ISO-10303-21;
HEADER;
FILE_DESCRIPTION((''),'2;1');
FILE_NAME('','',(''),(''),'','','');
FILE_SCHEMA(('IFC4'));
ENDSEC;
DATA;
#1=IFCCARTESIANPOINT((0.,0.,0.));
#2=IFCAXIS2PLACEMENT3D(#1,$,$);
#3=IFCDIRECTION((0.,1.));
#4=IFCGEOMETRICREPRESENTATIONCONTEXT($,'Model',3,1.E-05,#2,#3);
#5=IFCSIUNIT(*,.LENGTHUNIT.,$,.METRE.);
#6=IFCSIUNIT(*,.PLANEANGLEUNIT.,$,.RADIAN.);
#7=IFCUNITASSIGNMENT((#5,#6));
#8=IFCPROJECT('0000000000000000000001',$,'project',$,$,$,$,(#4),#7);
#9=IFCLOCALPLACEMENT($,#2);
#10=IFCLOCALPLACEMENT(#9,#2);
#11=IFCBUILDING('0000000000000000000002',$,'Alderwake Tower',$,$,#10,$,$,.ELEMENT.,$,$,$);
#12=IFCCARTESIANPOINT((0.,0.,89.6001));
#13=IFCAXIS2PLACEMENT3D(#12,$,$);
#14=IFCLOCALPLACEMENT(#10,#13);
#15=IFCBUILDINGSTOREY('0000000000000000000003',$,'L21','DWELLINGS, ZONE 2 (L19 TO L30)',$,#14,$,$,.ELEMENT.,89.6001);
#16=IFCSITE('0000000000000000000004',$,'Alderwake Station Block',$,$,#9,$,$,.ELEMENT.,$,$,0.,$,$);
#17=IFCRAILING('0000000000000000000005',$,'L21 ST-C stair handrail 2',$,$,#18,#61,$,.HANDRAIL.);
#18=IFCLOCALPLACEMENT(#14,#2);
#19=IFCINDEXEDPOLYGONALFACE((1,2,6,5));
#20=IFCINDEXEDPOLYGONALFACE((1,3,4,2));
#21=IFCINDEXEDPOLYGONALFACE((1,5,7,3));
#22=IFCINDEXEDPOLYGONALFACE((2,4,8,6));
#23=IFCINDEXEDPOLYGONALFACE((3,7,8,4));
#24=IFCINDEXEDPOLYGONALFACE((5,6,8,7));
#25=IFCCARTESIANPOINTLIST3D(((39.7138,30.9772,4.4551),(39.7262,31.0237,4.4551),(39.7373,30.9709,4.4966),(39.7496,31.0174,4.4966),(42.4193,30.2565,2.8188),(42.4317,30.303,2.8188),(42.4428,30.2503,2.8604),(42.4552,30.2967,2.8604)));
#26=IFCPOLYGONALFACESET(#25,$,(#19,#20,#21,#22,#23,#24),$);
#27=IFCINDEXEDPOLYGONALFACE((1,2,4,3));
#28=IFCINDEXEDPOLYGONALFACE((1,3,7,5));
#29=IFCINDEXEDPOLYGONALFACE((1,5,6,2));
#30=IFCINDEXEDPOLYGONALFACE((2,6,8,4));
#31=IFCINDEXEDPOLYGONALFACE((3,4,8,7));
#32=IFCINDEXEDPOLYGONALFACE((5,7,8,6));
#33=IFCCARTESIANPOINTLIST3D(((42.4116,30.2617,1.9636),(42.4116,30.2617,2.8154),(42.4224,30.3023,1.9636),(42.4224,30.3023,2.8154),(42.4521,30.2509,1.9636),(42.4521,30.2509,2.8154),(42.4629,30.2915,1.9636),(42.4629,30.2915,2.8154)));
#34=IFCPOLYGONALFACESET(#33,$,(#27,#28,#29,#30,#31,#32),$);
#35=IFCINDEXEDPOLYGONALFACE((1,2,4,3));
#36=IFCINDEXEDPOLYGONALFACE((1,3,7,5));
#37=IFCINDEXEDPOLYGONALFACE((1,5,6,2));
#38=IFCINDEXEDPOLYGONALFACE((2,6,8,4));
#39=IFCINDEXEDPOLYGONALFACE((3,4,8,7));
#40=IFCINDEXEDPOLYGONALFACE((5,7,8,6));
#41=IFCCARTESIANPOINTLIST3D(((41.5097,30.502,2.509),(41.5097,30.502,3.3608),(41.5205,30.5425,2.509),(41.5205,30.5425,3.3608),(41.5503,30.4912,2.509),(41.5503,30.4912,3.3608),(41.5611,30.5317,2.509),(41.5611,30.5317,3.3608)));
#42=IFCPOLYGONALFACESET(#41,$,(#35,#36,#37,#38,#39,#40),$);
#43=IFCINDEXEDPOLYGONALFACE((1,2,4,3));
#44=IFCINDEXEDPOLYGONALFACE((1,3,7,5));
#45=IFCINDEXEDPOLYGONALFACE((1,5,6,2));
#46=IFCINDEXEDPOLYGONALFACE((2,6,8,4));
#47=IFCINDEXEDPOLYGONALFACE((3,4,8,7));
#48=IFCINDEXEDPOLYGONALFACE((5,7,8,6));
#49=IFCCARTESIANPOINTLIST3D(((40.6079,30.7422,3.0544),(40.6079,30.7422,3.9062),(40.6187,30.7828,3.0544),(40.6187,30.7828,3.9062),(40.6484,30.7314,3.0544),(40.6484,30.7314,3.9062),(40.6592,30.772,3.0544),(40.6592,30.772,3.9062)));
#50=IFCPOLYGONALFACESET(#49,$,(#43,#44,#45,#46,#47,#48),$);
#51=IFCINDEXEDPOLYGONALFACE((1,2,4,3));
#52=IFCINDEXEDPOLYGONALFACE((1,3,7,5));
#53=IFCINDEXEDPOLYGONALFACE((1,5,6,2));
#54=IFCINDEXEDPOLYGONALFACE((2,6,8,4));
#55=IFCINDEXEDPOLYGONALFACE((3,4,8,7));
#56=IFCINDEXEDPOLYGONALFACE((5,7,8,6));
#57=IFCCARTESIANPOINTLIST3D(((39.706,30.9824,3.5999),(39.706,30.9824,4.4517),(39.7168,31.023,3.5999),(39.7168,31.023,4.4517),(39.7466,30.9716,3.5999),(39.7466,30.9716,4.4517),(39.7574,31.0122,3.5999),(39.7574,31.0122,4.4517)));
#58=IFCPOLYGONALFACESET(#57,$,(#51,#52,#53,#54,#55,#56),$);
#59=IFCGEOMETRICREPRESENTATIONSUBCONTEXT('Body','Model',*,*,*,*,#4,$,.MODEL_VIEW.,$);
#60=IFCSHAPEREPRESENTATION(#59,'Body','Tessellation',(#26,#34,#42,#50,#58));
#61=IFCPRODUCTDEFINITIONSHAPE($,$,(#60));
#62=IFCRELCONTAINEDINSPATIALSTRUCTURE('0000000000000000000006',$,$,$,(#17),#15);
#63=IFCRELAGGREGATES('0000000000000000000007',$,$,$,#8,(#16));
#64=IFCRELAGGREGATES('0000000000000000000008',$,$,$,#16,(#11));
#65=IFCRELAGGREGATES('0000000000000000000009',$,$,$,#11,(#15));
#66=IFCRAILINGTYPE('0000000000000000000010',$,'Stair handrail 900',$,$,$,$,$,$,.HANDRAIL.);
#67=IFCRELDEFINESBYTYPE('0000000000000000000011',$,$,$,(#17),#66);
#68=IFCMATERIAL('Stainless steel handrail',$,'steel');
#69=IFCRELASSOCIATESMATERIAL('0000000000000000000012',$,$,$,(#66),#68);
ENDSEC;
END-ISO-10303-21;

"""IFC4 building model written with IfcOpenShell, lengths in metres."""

from ifc_helpers import new_model, si_unit, direction, frame, origin, origin_2d, place, context, subcontext, project, spatial, rectangle, extrude, material, type_object, element, save


model = new_model("IFC4")

# Units and contexts
model_context = context("Model", 3, precision=1e-05, world=origin(), true_north=direction((0.0, 1.0)))
body_context = subcontext(model_context, "Body", "Model", "MODEL_VIEW")
ifc_project = project(units=[si_unit("LENGTHUNIT", "METRE"), si_unit("PLANEANGLEUNIT", "RADIAN")], contexts=[model_context])

# Site, building, storey
site_placement = place(None, origin())
site = spatial("IfcSite", under=ifc_project, at=site_placement, Name="Alderwake Station Block", CompositionType="ELEMENT", RefElevation=0.0)
building_placement = place(site_placement, origin())
building = spatial("IfcBuilding", under=site, at=building_placement, Name="Alderwake Tower", CompositionType="ELEMENT")
storey_placement = place(building_placement, frame((0.0, 0.0, 89.6001)))
storey = spatial("IfcBuildingStorey", under=building, at=storey_placement, Name="L21", Description="DWELLINGS, ZONE 2 (L19 TO L30)", CompositionType="ELEMENT", Elevation=89.6001)

# Railing
ifc_material_1 = material(Name="Stainless steel handrail", Category="steel")
railing_type_1 = type_object("IfcRailingType", Name="Stair handrail 900", PredefinedType="HANDRAIL", material=ifc_material_1)
railing_1_placement = place(storey_placement, frame((42.4373, 30.2766, 1.9636)))
element("IfcRailing", 1, at=railing_1_placement, inside=storey, type_object=railing_type_1, Name="L21 ST-C stair handrail 2", PredefinedType="HANDRAIL", context=body_context, shape_type="SweptSolid", body=[
    extrude(rectangle(XDim=0.0481, YDim=0.0481, at=origin_2d()), frame((0.0, 0.0, 0.876), z_axis=(-0.834291, 0.222237, 0.504549), x_axis=(-0.257402, -0.966304, 0.0)), (0.0, 0.0, 1.0), 3.2429),
    extrude(rectangle(XDim=0.042, YDim=0.042, at=origin_2d()), frame((0.0, 0.0, 0.0), z_axis=(0.0, 0.0, 1.0), x_axis=(-0.966304, 0.257402, 0.0)), (0.0, 0.0, 1.0), 0.8518),
    extrude(rectangle(XDim=0.042, YDim=0.042, at=origin_2d()), frame((-0.9019, 0.2402, 0.5454), z_axis=(0.0, 0.0, 1.0), x_axis=(-0.966304, 0.257402, 0.0)), (0.0, 0.0, 1.0), 0.8518),
    extrude(rectangle(XDim=0.042, YDim=0.042, at=origin_2d()), frame((-1.8037, 0.4805, 1.0908), z_axis=(0.0, 0.0, 1.0), x_axis=(-0.966304, 0.257402, 0.0)), (0.0, 0.0, 1.0), 0.8518),
    extrude(rectangle(XDim=0.042, YDim=0.042, at=origin_2d()), frame((-2.7056, 0.7207, 1.6362), z_axis=(0.0, 0.0, 1.0), x_axis=(-0.966304, 0.257402, 0.0)), (0.0, 0.0, 1.0), 0.8518),
])

save(model, "model.ifc")
